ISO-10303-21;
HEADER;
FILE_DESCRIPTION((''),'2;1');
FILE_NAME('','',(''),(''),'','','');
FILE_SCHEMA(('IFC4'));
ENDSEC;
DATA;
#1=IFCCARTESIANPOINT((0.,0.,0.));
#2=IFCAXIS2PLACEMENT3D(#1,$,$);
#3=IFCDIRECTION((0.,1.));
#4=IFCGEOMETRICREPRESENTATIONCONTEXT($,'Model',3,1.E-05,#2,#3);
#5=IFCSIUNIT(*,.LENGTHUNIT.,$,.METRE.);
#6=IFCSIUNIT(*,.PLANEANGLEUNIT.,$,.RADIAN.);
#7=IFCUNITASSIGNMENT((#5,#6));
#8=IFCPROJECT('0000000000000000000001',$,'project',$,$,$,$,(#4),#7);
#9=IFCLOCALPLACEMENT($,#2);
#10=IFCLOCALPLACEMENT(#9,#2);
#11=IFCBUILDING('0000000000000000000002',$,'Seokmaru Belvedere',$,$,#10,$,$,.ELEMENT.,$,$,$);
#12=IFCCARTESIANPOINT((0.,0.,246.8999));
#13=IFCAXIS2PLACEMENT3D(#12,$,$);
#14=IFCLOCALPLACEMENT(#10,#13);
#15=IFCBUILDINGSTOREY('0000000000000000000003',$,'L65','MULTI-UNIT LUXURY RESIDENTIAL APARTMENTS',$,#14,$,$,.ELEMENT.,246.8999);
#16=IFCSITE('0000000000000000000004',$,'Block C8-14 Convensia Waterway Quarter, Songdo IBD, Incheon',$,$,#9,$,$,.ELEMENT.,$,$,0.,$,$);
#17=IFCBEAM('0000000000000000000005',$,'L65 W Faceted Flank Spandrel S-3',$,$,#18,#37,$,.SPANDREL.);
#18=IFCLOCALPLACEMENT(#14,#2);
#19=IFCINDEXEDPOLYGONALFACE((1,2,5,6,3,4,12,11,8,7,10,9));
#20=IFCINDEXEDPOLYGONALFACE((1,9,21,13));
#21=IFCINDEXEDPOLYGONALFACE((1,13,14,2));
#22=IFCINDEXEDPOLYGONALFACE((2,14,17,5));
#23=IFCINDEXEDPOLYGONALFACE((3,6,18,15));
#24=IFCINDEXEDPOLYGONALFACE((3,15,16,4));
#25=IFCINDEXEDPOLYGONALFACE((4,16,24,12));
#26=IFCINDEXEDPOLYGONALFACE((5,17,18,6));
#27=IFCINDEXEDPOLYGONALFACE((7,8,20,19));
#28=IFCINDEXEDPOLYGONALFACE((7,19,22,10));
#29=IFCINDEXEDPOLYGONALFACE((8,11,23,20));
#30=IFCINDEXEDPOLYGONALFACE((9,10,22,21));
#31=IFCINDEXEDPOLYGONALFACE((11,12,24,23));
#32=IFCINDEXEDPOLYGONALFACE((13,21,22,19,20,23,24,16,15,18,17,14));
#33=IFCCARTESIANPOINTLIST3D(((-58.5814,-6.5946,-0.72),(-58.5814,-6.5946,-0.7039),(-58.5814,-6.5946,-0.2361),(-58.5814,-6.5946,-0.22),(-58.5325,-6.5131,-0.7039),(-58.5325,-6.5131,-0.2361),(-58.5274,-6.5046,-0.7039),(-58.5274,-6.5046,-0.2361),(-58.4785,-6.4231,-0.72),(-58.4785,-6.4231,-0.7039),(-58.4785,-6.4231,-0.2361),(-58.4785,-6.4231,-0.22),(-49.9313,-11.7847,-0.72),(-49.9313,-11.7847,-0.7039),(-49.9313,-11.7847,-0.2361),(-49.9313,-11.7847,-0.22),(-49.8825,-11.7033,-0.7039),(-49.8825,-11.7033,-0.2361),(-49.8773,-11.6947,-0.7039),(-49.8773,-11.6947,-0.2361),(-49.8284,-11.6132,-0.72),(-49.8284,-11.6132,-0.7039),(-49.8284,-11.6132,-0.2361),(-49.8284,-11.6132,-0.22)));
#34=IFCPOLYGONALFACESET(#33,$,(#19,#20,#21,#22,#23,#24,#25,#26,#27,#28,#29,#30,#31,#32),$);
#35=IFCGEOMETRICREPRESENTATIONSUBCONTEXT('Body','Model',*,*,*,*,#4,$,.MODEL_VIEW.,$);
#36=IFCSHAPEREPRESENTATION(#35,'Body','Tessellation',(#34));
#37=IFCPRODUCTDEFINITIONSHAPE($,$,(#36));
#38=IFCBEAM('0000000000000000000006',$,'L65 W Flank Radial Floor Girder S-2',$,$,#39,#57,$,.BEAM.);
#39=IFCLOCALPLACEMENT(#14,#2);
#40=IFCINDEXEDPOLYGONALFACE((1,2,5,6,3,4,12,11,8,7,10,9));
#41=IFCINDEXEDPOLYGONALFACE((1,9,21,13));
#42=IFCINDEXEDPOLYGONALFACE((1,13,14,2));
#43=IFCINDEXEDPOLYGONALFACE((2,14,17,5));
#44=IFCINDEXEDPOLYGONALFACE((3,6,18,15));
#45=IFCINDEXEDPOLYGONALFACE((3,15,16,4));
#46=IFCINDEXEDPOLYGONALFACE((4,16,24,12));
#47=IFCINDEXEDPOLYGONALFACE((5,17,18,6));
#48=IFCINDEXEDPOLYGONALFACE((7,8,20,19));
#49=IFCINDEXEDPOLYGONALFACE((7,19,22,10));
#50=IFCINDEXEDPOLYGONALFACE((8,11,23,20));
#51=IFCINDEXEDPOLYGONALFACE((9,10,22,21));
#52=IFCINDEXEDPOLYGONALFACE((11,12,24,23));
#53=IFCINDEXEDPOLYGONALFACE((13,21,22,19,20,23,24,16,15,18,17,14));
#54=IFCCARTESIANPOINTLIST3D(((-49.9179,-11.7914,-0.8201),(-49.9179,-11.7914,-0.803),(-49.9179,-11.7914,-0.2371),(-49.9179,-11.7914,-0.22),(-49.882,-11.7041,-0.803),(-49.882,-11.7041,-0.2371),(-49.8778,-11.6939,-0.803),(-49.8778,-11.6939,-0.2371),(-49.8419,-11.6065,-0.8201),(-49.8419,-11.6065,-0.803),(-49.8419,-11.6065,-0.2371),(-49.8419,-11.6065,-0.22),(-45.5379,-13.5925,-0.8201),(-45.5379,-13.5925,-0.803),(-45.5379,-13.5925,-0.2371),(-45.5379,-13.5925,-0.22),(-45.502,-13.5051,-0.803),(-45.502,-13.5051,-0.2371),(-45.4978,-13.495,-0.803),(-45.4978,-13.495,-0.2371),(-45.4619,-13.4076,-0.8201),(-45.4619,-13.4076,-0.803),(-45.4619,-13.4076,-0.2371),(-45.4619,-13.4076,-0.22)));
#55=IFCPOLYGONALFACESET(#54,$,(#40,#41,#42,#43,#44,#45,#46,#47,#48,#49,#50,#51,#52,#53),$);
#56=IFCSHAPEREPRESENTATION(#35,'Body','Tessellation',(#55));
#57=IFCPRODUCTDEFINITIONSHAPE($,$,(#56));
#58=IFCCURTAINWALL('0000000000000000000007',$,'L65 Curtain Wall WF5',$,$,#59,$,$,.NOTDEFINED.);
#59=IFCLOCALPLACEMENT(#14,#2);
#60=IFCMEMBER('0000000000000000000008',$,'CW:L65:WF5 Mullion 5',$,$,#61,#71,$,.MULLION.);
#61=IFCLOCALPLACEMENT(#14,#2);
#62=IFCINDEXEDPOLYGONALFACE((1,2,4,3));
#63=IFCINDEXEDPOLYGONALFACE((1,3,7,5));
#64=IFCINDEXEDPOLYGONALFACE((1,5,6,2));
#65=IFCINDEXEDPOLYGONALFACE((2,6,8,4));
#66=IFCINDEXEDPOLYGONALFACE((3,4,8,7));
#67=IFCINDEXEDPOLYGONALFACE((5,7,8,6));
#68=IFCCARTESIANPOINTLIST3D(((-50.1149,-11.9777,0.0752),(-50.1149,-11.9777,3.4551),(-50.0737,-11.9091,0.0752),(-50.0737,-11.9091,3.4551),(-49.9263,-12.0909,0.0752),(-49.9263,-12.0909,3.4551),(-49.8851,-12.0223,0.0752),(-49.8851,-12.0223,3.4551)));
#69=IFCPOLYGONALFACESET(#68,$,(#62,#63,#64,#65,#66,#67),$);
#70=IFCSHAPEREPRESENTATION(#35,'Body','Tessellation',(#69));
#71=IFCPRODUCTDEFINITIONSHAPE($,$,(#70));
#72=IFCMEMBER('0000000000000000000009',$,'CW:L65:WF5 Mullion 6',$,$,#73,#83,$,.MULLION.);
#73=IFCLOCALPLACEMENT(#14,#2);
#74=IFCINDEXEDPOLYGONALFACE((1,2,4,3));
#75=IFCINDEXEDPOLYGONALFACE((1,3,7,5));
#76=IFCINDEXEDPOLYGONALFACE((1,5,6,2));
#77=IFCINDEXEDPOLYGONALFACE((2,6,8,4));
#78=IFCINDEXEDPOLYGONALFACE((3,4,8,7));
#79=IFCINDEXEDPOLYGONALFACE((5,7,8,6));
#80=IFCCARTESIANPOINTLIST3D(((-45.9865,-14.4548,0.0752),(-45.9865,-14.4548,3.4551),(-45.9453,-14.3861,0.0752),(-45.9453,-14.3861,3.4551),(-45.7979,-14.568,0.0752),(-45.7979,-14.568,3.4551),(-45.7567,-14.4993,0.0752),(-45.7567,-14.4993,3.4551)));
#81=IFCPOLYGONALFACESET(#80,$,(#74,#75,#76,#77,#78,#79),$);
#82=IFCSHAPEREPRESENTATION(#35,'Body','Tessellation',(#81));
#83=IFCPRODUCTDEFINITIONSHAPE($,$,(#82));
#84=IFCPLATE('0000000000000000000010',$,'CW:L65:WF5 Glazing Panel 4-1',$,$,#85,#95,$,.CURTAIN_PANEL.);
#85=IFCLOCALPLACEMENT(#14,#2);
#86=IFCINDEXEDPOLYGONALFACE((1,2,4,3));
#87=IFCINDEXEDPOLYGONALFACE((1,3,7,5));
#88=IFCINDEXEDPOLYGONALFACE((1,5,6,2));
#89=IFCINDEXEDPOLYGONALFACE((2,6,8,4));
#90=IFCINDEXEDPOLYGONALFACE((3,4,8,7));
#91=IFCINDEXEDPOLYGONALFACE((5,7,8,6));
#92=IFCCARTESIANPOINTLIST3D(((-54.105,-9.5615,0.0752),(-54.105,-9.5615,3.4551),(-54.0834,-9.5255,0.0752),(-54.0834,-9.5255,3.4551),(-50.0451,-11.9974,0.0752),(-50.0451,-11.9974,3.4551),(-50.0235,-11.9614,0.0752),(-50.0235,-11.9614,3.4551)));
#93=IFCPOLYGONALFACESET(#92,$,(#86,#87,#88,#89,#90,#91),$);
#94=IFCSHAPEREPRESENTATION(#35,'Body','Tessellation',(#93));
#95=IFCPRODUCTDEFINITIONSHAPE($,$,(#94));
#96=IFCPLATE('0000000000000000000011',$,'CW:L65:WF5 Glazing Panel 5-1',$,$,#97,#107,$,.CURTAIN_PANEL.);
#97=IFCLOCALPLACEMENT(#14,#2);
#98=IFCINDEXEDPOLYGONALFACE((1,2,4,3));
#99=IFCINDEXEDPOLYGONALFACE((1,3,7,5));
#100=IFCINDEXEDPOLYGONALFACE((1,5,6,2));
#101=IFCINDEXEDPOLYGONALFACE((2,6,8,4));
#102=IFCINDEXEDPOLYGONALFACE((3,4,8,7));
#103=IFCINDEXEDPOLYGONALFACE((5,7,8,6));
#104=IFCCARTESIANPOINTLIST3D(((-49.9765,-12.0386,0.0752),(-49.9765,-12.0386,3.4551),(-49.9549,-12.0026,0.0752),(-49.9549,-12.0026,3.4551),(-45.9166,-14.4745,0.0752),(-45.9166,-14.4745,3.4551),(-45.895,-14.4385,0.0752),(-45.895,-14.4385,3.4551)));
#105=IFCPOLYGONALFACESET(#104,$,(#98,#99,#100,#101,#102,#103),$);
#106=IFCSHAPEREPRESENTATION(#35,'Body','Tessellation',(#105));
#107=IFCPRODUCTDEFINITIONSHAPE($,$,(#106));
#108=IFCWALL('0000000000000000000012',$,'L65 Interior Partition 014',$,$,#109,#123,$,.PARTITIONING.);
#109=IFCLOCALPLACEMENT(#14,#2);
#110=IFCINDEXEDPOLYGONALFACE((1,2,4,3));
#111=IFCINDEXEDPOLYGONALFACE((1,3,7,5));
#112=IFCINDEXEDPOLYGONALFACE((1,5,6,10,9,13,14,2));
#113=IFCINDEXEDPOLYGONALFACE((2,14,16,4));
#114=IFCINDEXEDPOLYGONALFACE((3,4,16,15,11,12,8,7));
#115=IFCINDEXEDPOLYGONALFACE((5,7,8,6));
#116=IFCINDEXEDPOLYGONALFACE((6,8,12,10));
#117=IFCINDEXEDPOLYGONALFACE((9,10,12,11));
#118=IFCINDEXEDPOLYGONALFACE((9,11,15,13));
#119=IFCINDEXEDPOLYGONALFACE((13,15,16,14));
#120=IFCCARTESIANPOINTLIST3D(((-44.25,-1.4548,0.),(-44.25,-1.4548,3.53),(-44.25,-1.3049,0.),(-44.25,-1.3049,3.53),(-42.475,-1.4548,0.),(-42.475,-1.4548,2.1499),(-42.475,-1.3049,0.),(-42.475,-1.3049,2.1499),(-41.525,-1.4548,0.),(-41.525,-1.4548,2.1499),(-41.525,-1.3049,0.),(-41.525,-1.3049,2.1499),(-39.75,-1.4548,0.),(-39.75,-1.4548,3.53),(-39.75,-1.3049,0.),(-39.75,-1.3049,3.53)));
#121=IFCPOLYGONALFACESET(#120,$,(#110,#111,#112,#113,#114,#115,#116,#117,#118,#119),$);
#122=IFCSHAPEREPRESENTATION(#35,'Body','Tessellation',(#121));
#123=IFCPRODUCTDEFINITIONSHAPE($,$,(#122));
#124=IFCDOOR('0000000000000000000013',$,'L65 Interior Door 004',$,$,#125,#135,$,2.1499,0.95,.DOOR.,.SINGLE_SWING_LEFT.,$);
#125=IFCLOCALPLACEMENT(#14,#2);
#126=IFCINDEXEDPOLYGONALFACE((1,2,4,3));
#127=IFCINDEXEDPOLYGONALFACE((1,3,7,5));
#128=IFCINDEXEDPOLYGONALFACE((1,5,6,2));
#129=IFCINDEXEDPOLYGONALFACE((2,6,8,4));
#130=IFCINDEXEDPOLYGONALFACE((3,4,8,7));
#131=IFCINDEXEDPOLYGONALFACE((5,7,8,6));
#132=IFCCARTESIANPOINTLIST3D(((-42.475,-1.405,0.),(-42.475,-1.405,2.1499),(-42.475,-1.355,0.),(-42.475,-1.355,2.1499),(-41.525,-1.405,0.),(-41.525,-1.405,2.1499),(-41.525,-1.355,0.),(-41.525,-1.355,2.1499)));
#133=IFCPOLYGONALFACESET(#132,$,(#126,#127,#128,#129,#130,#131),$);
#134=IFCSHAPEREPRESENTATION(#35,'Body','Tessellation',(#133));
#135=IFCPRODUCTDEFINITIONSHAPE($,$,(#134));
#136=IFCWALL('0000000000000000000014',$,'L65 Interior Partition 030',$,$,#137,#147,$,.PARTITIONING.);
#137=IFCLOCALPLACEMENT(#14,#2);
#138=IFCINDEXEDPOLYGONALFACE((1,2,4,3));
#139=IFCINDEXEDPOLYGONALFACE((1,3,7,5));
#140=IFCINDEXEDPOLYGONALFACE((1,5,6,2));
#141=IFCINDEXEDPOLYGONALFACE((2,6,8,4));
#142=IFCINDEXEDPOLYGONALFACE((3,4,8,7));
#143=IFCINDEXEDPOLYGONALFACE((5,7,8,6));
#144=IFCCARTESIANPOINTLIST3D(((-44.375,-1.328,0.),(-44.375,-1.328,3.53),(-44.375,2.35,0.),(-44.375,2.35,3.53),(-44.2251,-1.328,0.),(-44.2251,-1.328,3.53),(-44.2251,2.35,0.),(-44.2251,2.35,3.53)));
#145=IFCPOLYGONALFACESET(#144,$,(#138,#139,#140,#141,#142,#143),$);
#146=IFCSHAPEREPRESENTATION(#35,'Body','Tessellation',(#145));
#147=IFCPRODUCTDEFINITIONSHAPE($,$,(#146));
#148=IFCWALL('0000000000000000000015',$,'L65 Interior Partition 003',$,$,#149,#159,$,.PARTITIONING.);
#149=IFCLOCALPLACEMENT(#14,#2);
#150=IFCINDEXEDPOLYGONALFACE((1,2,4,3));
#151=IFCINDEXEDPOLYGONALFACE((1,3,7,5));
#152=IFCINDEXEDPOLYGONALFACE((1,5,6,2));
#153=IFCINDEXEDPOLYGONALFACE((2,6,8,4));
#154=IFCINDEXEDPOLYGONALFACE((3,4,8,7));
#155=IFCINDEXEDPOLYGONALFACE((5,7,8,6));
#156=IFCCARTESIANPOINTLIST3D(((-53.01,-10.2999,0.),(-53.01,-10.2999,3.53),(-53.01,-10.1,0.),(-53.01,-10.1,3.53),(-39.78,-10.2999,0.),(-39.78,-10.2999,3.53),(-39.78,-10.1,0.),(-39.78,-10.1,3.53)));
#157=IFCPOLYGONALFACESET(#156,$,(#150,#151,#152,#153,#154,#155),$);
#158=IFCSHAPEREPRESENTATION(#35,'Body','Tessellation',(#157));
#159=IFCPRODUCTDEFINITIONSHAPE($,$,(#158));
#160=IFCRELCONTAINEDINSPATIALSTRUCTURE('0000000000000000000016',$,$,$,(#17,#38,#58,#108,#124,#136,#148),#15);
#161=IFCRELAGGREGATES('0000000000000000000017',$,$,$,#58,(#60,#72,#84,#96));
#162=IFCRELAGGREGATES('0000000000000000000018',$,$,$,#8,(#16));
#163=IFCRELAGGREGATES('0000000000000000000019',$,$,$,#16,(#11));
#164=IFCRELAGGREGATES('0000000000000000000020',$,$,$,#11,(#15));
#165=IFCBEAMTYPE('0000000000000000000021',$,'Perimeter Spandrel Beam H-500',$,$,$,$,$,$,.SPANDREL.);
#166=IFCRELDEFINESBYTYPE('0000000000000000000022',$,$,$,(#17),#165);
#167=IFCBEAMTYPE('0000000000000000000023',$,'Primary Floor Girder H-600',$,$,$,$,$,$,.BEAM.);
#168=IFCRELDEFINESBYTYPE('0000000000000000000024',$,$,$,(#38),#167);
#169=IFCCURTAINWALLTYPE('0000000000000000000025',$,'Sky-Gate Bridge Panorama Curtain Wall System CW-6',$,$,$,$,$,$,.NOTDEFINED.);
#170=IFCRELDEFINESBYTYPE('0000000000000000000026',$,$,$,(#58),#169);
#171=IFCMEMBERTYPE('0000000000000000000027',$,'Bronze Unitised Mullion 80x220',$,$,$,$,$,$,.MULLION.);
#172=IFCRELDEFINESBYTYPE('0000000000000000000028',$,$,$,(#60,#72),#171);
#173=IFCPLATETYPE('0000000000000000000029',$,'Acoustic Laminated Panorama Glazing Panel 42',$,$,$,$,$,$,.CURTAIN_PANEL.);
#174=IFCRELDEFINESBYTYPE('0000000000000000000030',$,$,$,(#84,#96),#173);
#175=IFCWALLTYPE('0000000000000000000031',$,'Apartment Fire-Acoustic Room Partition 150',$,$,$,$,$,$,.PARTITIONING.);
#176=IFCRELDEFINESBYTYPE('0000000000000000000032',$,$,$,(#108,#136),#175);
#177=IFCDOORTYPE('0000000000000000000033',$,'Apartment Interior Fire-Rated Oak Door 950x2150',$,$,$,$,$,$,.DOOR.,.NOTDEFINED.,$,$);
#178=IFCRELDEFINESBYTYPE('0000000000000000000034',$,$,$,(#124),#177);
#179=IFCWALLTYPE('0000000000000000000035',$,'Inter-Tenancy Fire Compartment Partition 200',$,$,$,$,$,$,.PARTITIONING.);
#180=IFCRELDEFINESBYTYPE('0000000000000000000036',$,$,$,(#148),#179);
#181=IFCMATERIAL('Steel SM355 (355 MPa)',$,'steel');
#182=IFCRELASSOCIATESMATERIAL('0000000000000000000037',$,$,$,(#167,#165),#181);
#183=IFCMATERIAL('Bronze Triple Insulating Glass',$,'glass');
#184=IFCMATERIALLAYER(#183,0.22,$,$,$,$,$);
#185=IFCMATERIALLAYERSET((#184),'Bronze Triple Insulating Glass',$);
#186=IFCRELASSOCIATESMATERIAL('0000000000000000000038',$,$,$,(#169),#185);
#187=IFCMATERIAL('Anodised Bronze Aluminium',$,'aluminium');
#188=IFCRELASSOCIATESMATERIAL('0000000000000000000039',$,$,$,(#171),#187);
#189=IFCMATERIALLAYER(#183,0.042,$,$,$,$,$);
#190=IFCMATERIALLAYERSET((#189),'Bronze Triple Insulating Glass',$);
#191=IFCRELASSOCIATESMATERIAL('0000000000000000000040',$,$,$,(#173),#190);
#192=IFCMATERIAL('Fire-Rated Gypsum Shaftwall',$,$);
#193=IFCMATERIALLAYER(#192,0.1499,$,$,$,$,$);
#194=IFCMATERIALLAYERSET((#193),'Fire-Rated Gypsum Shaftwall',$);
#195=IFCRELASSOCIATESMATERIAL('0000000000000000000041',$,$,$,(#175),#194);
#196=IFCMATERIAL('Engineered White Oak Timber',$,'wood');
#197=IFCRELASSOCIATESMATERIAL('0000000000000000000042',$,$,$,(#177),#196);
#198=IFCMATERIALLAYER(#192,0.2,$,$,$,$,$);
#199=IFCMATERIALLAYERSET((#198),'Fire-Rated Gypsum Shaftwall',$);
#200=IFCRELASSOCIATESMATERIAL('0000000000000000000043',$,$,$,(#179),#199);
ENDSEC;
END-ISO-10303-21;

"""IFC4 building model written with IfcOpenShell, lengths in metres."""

from ifc_helpers import new_model, si_unit, direction, frame, frame_2d, origin, origin_2d, place, context, subcontext, project, spatial, rectangle, i_section, extrude, source, transform, mapped, material, layer, layer_set, material_profile, profile_set, type_object, type_shapes, element, fill, aggregate, save


model = new_model("IFC4")

# Units and contexts
model_context = context("Model", 3, precision=1e-05, world=origin(), true_north=direction((0.0, 1.0)))
body_context = subcontext(model_context, "Body", "Model", "MODEL_VIEW")
ifc_project = project(units=[si_unit("LENGTHUNIT", "METRE"), si_unit("PLANEANGLEUNIT", "RADIAN")], contexts=[model_context])

# Site, building, storey
site_placement = place(None, origin())
site = spatial("IfcSite", under=ifc_project, at=site_placement, Name="Block C8-14 Convensia Waterway Quarter, Songdo IBD, Incheon", CompositionType="ELEMENT", RefElevation=0.0)
building_placement = place(site_placement, origin())
building = spatial("IfcBuilding", under=site, at=building_placement, Name="Seokmaru Belvedere", CompositionType="ELEMENT")
storey_placement = place(building_placement, frame((0.0, 0.0, 246.8999)))
storey = spatial("IfcBuildingStorey", under=building, at=storey_placement, Name="L65", Description="MULTI-UNIT LUXURY RESIDENTIAL APARTMENTS", CompositionType="ELEMENT", Elevation=246.8999)

# Shared definitions
ifc_material_1 = material(Name="Steel SM355 (355 MPa)", Category="steel")

# Beams
ifc_material_profile_1 = material_profile(ifc_material_1, i_section(OverallWidth=0.2, OverallDepth=0.6001, WebThickness=0.011, FlangeThickness=0.0171, at=origin_2d()), Name="H-600x200x11x17")
ifc_profile_set_1 = profile_set([ifc_material_profile_1], Name="Steel SM355 (355 MPa)")
beam_type_1 = type_object("IfcBeamType", Name="Primary Floor Girder H-600", PredefinedType="BEAM", material=ifc_profile_set_1)
ifc_material_profile_2 = material_profile(ifc_material_1, i_section(OverallWidth=0.2, OverallDepth=0.5, WebThickness=0.01, FlangeThickness=0.0161, at=origin_2d()), Name="H-500x200x10x16")
ifc_profile_set_2 = profile_set([ifc_material_profile_2], Name="Steel SM355 (355 MPa)")
beam_type_2 = type_object("IfcBeamType", Name="Perimeter Spandrel Beam H-500", PredefinedType="SPANDREL", material=ifc_profile_set_2)
shared_shape_1 = source(origin(), body_context, "Body", "SweptSolid", [
    extrude(i_section(OverallWidth=0.2, OverallDepth=0.5, WebThickness=0.01, FlangeThickness=0.0161, at=origin_2d()), origin(), (0.0, 0.0, 1.0), 10.0876),
])
type_shapes(beam_type_2, [shared_shape_1])
beam_1_placement = place(storey_placement, frame((-49.8799, -11.699, -0.47), z_axis=(-0.857489, 0.514503, 0.0), x_axis=(-0.514503, -0.857489, 0.0)))
element("IfcBeam", 1, at=beam_1_placement, inside=storey, type_object=beam_type_2, Name="L65 W Faceted Flank Spandrel S-3", PredefinedType="SPANDREL", context=body_context, shape_type="MappedRepresentation", body=[
    mapped(shared_shape_1, transform((0.0, 0.0, 0.0), scale=1.0)),
])
shared_shape_2 = source(origin(), body_context, "Body", "SweptSolid", [
    extrude(i_section(OverallWidth=0.2, OverallDepth=0.6001, WebThickness=0.011, FlangeThickness=0.0171, at=origin_2d()), origin(), (0.0, 0.0, 1.0), 4.7358),
])
beam_2_placement = place(storey_placement, frame((-49.8799, -11.699, -0.52), z_axis=(0.924861, -0.380306, 0.0), x_axis=(0.380306, 0.924861, 0.0)))
element("IfcBeam", 2, at=beam_2_placement, inside=storey, type_object=beam_type_1, Name="L65 W Flank Radial Floor Girder S-2", PredefinedType="BEAM", context=body_context, shape_type="MappedRepresentation", body=[
    mapped(shared_shape_2, transform((0.0, 0.0, 0.0), scale=1.0)),
])

# Curtain wall, members, plates
ifc_material_2 = material(Name="Bronze Triple Insulating Glass", Category="glass")
ifc_layer_1 = layer(ifc_material_2, 0.22)
ifc_layer_set_1 = layer_set([ifc_layer_1], Name="Bronze Triple Insulating Glass")
curtain_wall_type = type_object("IfcCurtainWallType", Name="Sky-Gate Bridge Panorama Curtain Wall System CW-6", PredefinedType="NOTDEFINED", material=ifc_layer_set_1)
curtain_wall_placement = place(storey_placement, origin())
curtain_wall = element("IfcCurtainWall", 3, at=curtain_wall_placement, inside=storey, type_object=curtain_wall_type, Name="L65 Curtain Wall WF5", PredefinedType="NOTDEFINED")
ifc_material_3 = material(Name="Anodised Bronze Aluminium", Category="aluminium")
ifc_material_profile_3 = material_profile(ifc_material_3, rectangle(XDim=0.0801, YDim=0.22, at=origin_2d()), Name="CW-M-80x220")
ifc_profile_set_3 = profile_set([ifc_material_profile_3], Name="Anodised Bronze Aluminium")
member_type = type_object("IfcMemberType", Name="Bronze Unitised Mullion 80x220", PredefinedType="MULLION", material=ifc_profile_set_3)
shared_shape_3 = source(origin(), body_context, "Body", "SweptSolid", [
    extrude(rectangle(XDim=0.0801, YDim=0.22, at=origin_2d()), origin(), (0.0, 0.0, 1.0), 3.3799),
])
type_shapes(member_type, [shared_shape_3])
member_1_placement = place(storey_placement, frame((-50.0, -12.0, 0.0752), z_axis=(0.0, 0.0, 1.0), x_axis=(0.514495, 0.857493, 0.0)))
member_1 = element("IfcMember", 4, at=member_1_placement, type_object=member_type, Name="CW:L65:WF5 Mullion 5", PredefinedType="MULLION", context=body_context, shape_type="MappedRepresentation", body=[
    mapped(shared_shape_3, transform((0.0, 0.0, 0.0), scale=1.0)),
])
member_2_placement = place(storey_placement, frame((-45.8716, -14.4771, 0.0752), z_axis=(0.0, 0.0, 1.0), x_axis=(0.514495, 0.857493, 0.0)))
member_2 = element("IfcMember", 5, at=member_2_placement, type_object=member_type, Name="CW:L65:WF5 Mullion 6", PredefinedType="MULLION", context=body_context, shape_type="MappedRepresentation", body=[
    mapped(shared_shape_3, transform((0.0, 0.0, 0.0), scale=1.0)),
])
ifc_layer_2 = layer(ifc_material_2, 0.042)
ifc_layer_set_2 = layer_set([ifc_layer_2], Name="Bronze Triple Insulating Glass")
plate_type = type_object("IfcPlateType", Name="Acoustic Laminated Panorama Glazing Panel 42", PredefinedType="CURTAIN_PANEL", material=ifc_layer_set_2)
shared_shape_4 = source(origin(), body_context, "Body", "SweptSolid", [
    extrude(rectangle(XDim=4.7346, YDim=0.042, at=origin_2d()), origin(), (0.0, 0.0, 1.0), 3.3799),
])
type_shapes(plate_type, [shared_shape_4])
plate_1_placement = place(storey_placement, frame((-52.0642, -10.7615, 0.0752), z_axis=(0.0, 0.0, 1.0), x_axis=(0.857493, -0.514495, 0.0)))
plate_1 = element("IfcPlate", 6, at=plate_1_placement, type_object=plate_type, Name="CW:L65:WF5 Glazing Panel 4-1", PredefinedType="CURTAIN_PANEL", context=body_context, shape_type="MappedRepresentation", body=[
    mapped(shared_shape_4, transform((0.0, 0.0, 0.0), scale=1.0)),
])
plate_2_placement = place(storey_placement, frame((-47.9358, -13.2385, 0.0752), z_axis=(0.0, 0.0, 1.0), x_axis=(0.857493, -0.514495, 0.0)))
plate_2 = element("IfcPlate", 7, at=plate_2_placement, type_object=plate_type, Name="CW:L65:WF5 Glazing Panel 5-1", PredefinedType="CURTAIN_PANEL", context=body_context, shape_type="MappedRepresentation", body=[
    mapped(shared_shape_4, transform((0.0, 0.0, 0.0), scale=1.0)),
])
aggregate(curtain_wall, [member_1, member_2, plate_1, plate_2])

# Wall, opening, door
ifc_material_4 = material(Name="Fire-Rated Gypsum Shaftwall")
ifc_layer_3 = layer(ifc_material_4, 0.1499)
ifc_layer_set_3 = layer_set([ifc_layer_3], Name="Fire-Rated Gypsum Shaftwall")
wall_type_1 = type_object("IfcWallType", Name="Apartment Fire-Acoustic Room Partition 150", PredefinedType="PARTITIONING", material=ifc_layer_set_3)
wall_1_placement = place(storey_placement, frame((-44.25, -1.3799, 0.0), z_axis=(0.0, 0.0, 1.0), x_axis=(1.0, 0.0, 0.0)))
wall_1 = element("IfcWall", 8, at=wall_1_placement, inside=storey, type_object=wall_type_1, Name="L65 Interior Partition 014", PredefinedType="PARTITIONING", context=body_context, shape_type="SweptSolid", body=[
    extrude(rectangle(XDim=4.5, YDim=0.1499, at=frame_2d((2.25, 0.0))), origin(), (0.0, 0.0, 1.0), 3.53),
])
opening_1_placement = place(wall_1_placement, frame((1.7749, 0.0, 0.0)))
opening_1 = element("IfcOpeningElement", 9, at=opening_1_placement, cuts=wall_1, PredefinedType="OPENING", context=body_context, shape_type="SweptSolid", body=[
    extrude(rectangle(XDim=0.95, YDim=2.1499, at=frame_2d((0.4751, 1.075))), frame((0.0, 0.085, 0.0), z_axis=(0.0, -1.0, 0.0), x_axis=(1.0, 0.0, 0.0)), (0.0, 0.0, 1.0), 0.1699),
])
ifc_material_5 = material(Name="Engineered White Oak Timber", Category="wood")
door_type_1 = type_object("IfcDoorType", Name="Apartment Interior Fire-Rated Oak Door 950x2150", OperationType="NOTDEFINED", PredefinedType="DOOR", material=ifc_material_5)
shared_shape_5 = source(origin(), body_context, "Body", "SweptSolid", [
    extrude(rectangle(XDim=0.95, YDim=2.1499, at=frame_2d((0.4751, 1.075))), frame((0.0, 0.0249, 0.0), z_axis=(0.0, -1.0, 0.0), x_axis=(1.0, 0.0, 0.0)), (0.0, 0.0, 1.0), 0.05),
])
type_shapes(door_type_1, [shared_shape_5])
door_1_placement = place(opening_1_placement, origin())
door_1 = element("IfcDoor", 10, at=door_1_placement, inside=storey, type_object=door_type_1, Name="L65 Interior Door 004", OperationType="SINGLE_SWING_LEFT", OverallHeight=2.1499, OverallWidth=0.95, PredefinedType="DOOR", context=body_context, shape_type="MappedRepresentation", body=[
    mapped(shared_shape_5, transform((0.0, 0.0, 0.0), scale=1.0)),
])
fill(opening_1, door_1)

# Walls
wall_2_placement = place(storey_placement, frame((-44.3, -1.3279, 0.0), z_axis=(0.0, 0.0, 1.0), x_axis=(0.0, 1.0, 0.0)))
element("IfcWall", 11, at=wall_2_placement, inside=storey, type_object=wall_type_1, Name="L65 Interior Partition 030", PredefinedType="PARTITIONING", context=body_context, shape_type="SweptSolid", body=[
    extrude(rectangle(XDim=3.678, YDim=0.1499, at=frame_2d((1.8389, 0.0))), origin(), (0.0, 0.0, 1.0), 3.53),
])
ifc_layer_4 = layer(ifc_material_4, 0.2)
ifc_layer_set_4 = layer_set([ifc_layer_4], Name="Fire-Rated Gypsum Shaftwall")
wall_type_2 = type_object("IfcWallType", Name="Inter-Tenancy Fire Compartment Partition 200", PredefinedType="PARTITIONING", material=ifc_layer_set_4)
wall_3_placement = place(storey_placement, frame((-53.01, -10.2, 0.0), z_axis=(0.0, 0.0, 1.0), x_axis=(1.0, 0.0, 0.0)))
element("IfcWall", 12, at=wall_3_placement, inside=storey, type_object=wall_type_2, Name="L65 Interior Partition 003", PredefinedType="PARTITIONING", context=body_context, shape_type="SweptSolid", body=[
    extrude(rectangle(XDim=13.23, YDim=0.2, at=frame_2d((6.615, 0.0))), origin(), (0.0, 0.0, 1.0), 3.53),
])

save(model, "model.ifc")
